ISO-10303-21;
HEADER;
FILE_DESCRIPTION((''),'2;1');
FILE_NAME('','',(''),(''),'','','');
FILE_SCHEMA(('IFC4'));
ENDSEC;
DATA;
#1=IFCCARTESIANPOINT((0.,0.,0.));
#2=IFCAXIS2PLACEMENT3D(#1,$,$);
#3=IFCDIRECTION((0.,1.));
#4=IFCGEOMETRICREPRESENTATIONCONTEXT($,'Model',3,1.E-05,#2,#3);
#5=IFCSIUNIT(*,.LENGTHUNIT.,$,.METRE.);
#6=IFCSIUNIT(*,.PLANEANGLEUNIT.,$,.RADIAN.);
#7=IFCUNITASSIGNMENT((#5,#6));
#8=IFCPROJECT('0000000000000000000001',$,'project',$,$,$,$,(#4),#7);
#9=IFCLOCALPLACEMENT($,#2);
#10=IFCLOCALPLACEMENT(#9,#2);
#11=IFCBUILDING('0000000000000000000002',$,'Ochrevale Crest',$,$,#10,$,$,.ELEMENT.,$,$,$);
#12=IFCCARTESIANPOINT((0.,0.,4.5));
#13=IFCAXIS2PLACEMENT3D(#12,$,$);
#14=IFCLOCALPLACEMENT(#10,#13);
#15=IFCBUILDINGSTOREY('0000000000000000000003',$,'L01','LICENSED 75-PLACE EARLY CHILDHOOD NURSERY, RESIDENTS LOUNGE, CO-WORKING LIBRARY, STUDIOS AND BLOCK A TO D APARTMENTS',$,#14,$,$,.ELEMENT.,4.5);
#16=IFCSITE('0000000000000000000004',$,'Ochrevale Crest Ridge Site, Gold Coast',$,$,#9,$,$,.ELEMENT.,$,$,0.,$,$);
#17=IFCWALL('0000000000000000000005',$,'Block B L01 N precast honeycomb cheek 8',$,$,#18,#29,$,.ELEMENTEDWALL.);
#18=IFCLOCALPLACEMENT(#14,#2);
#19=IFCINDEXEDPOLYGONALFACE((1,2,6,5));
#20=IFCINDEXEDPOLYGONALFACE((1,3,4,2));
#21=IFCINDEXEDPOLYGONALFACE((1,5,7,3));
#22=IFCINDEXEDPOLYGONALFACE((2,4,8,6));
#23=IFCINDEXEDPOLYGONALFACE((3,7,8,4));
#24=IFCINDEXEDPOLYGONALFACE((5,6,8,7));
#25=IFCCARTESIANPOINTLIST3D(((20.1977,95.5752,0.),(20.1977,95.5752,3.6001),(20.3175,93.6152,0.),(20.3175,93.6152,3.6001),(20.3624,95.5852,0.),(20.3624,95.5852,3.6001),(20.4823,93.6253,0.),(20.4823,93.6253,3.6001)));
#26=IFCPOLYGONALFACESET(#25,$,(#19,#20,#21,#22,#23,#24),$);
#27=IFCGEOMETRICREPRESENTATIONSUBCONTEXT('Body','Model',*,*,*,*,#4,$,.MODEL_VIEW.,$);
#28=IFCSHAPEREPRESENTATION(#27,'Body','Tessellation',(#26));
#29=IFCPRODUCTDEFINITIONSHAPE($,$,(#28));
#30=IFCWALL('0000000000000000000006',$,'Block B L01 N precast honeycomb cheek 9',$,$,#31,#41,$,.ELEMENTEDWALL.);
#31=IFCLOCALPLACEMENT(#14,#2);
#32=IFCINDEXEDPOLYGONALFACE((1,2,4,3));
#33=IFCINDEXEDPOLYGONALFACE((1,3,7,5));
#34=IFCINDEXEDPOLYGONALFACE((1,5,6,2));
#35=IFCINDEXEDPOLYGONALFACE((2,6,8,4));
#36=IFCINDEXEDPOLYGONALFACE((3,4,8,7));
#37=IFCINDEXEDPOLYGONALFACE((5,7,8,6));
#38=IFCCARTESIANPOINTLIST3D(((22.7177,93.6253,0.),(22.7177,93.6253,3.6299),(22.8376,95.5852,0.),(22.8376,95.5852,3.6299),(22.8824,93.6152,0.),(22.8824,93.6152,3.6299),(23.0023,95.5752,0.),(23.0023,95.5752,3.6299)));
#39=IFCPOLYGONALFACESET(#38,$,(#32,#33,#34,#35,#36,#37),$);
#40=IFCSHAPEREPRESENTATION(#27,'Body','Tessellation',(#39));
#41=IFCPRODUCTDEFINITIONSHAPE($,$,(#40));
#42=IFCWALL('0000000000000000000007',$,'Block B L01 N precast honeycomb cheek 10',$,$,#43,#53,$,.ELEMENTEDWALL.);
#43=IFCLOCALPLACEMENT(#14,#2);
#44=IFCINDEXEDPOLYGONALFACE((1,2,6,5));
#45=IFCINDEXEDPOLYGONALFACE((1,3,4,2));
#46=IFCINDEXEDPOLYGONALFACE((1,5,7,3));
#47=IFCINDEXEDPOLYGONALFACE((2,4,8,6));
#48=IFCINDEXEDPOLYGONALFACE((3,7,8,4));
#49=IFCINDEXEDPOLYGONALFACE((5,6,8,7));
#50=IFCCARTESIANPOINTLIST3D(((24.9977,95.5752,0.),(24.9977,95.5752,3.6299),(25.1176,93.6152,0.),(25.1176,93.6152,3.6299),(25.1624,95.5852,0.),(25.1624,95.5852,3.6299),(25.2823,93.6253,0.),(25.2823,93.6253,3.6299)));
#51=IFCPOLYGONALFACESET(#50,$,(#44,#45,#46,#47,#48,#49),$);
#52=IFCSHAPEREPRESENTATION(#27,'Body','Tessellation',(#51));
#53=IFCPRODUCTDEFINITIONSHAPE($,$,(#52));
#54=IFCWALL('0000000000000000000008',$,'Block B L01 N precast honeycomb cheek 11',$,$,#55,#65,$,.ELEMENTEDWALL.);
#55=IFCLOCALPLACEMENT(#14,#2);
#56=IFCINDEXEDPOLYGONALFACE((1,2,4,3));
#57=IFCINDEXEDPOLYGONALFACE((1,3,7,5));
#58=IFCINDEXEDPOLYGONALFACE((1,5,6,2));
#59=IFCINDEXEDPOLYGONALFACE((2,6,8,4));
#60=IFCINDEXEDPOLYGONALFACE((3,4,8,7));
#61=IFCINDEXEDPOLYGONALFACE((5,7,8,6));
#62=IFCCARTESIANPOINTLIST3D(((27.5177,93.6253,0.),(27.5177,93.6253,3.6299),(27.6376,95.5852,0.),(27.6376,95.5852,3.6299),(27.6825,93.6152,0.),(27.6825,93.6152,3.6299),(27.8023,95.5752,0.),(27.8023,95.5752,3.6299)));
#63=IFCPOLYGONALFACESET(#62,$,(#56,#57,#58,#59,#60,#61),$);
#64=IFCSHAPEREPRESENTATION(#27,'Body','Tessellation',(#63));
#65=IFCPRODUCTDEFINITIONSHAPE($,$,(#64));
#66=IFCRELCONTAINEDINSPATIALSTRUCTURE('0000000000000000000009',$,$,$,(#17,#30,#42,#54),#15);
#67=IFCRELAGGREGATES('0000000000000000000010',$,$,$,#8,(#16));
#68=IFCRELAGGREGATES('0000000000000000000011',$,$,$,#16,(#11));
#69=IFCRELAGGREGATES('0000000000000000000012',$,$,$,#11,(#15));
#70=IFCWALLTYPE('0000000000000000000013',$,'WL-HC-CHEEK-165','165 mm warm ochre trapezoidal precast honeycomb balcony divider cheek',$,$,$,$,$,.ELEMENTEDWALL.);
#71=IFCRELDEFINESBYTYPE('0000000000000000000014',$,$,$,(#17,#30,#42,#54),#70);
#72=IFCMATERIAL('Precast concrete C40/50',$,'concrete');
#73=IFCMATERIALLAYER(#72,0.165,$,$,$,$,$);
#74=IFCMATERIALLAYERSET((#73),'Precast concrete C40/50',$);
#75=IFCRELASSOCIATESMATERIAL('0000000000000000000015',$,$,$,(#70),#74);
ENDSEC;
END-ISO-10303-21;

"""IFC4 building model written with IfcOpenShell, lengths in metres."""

from ifc_helpers import new_model, si_unit, direction, frame, frame_2d, origin, place, context, subcontext, project, spatial, rectangle, extrude, material, layer, layer_set, type_object, element, save


model = new_model("IFC4")

# Units and contexts
model_context = context("Model", 3, precision=1e-05, world=origin(), true_north=direction((0.0, 1.0)))
body_context = subcontext(model_context, "Body", "Model", "MODEL_VIEW")
ifc_project = project(units=[si_unit("LENGTHUNIT", "METRE"), si_unit("PLANEANGLEUNIT", "RADIAN")], contexts=[model_context])

# Site, building, storey
site_placement = place(None, origin())
site = spatial("IfcSite", under=ifc_project, at=site_placement, Name="Ochrevale Crest Ridge Site, Gold Coast", CompositionType="ELEMENT", RefElevation=0.0)
building_placement = place(site_placement, origin())
building = spatial("IfcBuilding", under=site, at=building_placement, Name="Ochrevale Crest", CompositionType="ELEMENT")
storey_placement = place(building_placement, frame((0.0, 0.0, 4.5)))
storey = spatial("IfcBuildingStorey", under=building, at=storey_placement, Name="L01", Description="LICENSED 75-PLACE EARLY CHILDHOOD NURSERY, RESIDENTS LOUNGE, CO-WORKING LIBRARY, STUDIOS AND BLOCK A TO D APARTMENTS", CompositionType="ELEMENT", Elevation=4.5)

# Shared definitions
ifc_material_1 = material(Name="Precast concrete C40/50", Category="concrete")

# Walls
ifc_layer_1 = layer(ifc_material_1, 0.165)
ifc_layer_set_1 = layer_set([ifc_layer_1], Name="Precast concrete C40/50")
wall_type = type_object("IfcWallType", Name="WL-HC-CHEEK-165", Description="165 mm warm ochre trapezoidal precast honeycomb balcony divider cheek", PredefinedType="ELEMENTEDWALL", material=ifc_layer_set_1)
wall_placement = place(storey_placement, frame((20.3999, 93.6201, 0.0), z_axis=(0.0, 0.0, 1.0), x_axis=(-0.061047, 0.998135, 0.0)))
element("IfcWall", 1, at=wall_placement, inside=storey, type_object=wall_type, Name="Block B L01 N precast honeycomb cheek 8", PredefinedType="ELEMENTEDWALL", context=body_context, shape_type="SweptSolid", body=[
    extrude(rectangle(XDim=1.9636, YDim=0.165, at=frame_2d((0.9819, 0.0))), origin(), (0.0, 0.0, 1.0), 3.6001),
])
for number, where, z_axis, x_axis, name in (
    (2, (22.8, 93.6201, 0.0), (0.0, 0.0, 1.0), (0.061047, 0.998135, 0.0), "Block B L01 N precast honeycomb cheek 9"),
    (3, (25.2, 93.6201, 0.0), (0.0, 0.0, 1.0), (-0.061047, 0.998135, 0.0), "Block B L01 N precast honeycomb cheek 10"),
    (4, (27.6001, 93.6201, 0.0), (0.0, 0.0, 1.0), (0.061047, 0.998135, 0.0), "Block B L01 N precast honeycomb cheek 11"),
):
    element("IfcWall", number, at=place(storey_placement, frame(where, z_axis=z_axis, x_axis=x_axis)), inside=storey, type_object=wall_type, Name=name, PredefinedType="ELEMENTEDWALL", context=body_context, shape_type="SweptSolid", body=[
        extrude(rectangle(XDim=1.9636, YDim=0.165, at=frame_2d((0.9819, 0.0))), origin(), (0.0, 0.0, 1.0), 3.6299),
    ])

save(model, "model.ifc")
